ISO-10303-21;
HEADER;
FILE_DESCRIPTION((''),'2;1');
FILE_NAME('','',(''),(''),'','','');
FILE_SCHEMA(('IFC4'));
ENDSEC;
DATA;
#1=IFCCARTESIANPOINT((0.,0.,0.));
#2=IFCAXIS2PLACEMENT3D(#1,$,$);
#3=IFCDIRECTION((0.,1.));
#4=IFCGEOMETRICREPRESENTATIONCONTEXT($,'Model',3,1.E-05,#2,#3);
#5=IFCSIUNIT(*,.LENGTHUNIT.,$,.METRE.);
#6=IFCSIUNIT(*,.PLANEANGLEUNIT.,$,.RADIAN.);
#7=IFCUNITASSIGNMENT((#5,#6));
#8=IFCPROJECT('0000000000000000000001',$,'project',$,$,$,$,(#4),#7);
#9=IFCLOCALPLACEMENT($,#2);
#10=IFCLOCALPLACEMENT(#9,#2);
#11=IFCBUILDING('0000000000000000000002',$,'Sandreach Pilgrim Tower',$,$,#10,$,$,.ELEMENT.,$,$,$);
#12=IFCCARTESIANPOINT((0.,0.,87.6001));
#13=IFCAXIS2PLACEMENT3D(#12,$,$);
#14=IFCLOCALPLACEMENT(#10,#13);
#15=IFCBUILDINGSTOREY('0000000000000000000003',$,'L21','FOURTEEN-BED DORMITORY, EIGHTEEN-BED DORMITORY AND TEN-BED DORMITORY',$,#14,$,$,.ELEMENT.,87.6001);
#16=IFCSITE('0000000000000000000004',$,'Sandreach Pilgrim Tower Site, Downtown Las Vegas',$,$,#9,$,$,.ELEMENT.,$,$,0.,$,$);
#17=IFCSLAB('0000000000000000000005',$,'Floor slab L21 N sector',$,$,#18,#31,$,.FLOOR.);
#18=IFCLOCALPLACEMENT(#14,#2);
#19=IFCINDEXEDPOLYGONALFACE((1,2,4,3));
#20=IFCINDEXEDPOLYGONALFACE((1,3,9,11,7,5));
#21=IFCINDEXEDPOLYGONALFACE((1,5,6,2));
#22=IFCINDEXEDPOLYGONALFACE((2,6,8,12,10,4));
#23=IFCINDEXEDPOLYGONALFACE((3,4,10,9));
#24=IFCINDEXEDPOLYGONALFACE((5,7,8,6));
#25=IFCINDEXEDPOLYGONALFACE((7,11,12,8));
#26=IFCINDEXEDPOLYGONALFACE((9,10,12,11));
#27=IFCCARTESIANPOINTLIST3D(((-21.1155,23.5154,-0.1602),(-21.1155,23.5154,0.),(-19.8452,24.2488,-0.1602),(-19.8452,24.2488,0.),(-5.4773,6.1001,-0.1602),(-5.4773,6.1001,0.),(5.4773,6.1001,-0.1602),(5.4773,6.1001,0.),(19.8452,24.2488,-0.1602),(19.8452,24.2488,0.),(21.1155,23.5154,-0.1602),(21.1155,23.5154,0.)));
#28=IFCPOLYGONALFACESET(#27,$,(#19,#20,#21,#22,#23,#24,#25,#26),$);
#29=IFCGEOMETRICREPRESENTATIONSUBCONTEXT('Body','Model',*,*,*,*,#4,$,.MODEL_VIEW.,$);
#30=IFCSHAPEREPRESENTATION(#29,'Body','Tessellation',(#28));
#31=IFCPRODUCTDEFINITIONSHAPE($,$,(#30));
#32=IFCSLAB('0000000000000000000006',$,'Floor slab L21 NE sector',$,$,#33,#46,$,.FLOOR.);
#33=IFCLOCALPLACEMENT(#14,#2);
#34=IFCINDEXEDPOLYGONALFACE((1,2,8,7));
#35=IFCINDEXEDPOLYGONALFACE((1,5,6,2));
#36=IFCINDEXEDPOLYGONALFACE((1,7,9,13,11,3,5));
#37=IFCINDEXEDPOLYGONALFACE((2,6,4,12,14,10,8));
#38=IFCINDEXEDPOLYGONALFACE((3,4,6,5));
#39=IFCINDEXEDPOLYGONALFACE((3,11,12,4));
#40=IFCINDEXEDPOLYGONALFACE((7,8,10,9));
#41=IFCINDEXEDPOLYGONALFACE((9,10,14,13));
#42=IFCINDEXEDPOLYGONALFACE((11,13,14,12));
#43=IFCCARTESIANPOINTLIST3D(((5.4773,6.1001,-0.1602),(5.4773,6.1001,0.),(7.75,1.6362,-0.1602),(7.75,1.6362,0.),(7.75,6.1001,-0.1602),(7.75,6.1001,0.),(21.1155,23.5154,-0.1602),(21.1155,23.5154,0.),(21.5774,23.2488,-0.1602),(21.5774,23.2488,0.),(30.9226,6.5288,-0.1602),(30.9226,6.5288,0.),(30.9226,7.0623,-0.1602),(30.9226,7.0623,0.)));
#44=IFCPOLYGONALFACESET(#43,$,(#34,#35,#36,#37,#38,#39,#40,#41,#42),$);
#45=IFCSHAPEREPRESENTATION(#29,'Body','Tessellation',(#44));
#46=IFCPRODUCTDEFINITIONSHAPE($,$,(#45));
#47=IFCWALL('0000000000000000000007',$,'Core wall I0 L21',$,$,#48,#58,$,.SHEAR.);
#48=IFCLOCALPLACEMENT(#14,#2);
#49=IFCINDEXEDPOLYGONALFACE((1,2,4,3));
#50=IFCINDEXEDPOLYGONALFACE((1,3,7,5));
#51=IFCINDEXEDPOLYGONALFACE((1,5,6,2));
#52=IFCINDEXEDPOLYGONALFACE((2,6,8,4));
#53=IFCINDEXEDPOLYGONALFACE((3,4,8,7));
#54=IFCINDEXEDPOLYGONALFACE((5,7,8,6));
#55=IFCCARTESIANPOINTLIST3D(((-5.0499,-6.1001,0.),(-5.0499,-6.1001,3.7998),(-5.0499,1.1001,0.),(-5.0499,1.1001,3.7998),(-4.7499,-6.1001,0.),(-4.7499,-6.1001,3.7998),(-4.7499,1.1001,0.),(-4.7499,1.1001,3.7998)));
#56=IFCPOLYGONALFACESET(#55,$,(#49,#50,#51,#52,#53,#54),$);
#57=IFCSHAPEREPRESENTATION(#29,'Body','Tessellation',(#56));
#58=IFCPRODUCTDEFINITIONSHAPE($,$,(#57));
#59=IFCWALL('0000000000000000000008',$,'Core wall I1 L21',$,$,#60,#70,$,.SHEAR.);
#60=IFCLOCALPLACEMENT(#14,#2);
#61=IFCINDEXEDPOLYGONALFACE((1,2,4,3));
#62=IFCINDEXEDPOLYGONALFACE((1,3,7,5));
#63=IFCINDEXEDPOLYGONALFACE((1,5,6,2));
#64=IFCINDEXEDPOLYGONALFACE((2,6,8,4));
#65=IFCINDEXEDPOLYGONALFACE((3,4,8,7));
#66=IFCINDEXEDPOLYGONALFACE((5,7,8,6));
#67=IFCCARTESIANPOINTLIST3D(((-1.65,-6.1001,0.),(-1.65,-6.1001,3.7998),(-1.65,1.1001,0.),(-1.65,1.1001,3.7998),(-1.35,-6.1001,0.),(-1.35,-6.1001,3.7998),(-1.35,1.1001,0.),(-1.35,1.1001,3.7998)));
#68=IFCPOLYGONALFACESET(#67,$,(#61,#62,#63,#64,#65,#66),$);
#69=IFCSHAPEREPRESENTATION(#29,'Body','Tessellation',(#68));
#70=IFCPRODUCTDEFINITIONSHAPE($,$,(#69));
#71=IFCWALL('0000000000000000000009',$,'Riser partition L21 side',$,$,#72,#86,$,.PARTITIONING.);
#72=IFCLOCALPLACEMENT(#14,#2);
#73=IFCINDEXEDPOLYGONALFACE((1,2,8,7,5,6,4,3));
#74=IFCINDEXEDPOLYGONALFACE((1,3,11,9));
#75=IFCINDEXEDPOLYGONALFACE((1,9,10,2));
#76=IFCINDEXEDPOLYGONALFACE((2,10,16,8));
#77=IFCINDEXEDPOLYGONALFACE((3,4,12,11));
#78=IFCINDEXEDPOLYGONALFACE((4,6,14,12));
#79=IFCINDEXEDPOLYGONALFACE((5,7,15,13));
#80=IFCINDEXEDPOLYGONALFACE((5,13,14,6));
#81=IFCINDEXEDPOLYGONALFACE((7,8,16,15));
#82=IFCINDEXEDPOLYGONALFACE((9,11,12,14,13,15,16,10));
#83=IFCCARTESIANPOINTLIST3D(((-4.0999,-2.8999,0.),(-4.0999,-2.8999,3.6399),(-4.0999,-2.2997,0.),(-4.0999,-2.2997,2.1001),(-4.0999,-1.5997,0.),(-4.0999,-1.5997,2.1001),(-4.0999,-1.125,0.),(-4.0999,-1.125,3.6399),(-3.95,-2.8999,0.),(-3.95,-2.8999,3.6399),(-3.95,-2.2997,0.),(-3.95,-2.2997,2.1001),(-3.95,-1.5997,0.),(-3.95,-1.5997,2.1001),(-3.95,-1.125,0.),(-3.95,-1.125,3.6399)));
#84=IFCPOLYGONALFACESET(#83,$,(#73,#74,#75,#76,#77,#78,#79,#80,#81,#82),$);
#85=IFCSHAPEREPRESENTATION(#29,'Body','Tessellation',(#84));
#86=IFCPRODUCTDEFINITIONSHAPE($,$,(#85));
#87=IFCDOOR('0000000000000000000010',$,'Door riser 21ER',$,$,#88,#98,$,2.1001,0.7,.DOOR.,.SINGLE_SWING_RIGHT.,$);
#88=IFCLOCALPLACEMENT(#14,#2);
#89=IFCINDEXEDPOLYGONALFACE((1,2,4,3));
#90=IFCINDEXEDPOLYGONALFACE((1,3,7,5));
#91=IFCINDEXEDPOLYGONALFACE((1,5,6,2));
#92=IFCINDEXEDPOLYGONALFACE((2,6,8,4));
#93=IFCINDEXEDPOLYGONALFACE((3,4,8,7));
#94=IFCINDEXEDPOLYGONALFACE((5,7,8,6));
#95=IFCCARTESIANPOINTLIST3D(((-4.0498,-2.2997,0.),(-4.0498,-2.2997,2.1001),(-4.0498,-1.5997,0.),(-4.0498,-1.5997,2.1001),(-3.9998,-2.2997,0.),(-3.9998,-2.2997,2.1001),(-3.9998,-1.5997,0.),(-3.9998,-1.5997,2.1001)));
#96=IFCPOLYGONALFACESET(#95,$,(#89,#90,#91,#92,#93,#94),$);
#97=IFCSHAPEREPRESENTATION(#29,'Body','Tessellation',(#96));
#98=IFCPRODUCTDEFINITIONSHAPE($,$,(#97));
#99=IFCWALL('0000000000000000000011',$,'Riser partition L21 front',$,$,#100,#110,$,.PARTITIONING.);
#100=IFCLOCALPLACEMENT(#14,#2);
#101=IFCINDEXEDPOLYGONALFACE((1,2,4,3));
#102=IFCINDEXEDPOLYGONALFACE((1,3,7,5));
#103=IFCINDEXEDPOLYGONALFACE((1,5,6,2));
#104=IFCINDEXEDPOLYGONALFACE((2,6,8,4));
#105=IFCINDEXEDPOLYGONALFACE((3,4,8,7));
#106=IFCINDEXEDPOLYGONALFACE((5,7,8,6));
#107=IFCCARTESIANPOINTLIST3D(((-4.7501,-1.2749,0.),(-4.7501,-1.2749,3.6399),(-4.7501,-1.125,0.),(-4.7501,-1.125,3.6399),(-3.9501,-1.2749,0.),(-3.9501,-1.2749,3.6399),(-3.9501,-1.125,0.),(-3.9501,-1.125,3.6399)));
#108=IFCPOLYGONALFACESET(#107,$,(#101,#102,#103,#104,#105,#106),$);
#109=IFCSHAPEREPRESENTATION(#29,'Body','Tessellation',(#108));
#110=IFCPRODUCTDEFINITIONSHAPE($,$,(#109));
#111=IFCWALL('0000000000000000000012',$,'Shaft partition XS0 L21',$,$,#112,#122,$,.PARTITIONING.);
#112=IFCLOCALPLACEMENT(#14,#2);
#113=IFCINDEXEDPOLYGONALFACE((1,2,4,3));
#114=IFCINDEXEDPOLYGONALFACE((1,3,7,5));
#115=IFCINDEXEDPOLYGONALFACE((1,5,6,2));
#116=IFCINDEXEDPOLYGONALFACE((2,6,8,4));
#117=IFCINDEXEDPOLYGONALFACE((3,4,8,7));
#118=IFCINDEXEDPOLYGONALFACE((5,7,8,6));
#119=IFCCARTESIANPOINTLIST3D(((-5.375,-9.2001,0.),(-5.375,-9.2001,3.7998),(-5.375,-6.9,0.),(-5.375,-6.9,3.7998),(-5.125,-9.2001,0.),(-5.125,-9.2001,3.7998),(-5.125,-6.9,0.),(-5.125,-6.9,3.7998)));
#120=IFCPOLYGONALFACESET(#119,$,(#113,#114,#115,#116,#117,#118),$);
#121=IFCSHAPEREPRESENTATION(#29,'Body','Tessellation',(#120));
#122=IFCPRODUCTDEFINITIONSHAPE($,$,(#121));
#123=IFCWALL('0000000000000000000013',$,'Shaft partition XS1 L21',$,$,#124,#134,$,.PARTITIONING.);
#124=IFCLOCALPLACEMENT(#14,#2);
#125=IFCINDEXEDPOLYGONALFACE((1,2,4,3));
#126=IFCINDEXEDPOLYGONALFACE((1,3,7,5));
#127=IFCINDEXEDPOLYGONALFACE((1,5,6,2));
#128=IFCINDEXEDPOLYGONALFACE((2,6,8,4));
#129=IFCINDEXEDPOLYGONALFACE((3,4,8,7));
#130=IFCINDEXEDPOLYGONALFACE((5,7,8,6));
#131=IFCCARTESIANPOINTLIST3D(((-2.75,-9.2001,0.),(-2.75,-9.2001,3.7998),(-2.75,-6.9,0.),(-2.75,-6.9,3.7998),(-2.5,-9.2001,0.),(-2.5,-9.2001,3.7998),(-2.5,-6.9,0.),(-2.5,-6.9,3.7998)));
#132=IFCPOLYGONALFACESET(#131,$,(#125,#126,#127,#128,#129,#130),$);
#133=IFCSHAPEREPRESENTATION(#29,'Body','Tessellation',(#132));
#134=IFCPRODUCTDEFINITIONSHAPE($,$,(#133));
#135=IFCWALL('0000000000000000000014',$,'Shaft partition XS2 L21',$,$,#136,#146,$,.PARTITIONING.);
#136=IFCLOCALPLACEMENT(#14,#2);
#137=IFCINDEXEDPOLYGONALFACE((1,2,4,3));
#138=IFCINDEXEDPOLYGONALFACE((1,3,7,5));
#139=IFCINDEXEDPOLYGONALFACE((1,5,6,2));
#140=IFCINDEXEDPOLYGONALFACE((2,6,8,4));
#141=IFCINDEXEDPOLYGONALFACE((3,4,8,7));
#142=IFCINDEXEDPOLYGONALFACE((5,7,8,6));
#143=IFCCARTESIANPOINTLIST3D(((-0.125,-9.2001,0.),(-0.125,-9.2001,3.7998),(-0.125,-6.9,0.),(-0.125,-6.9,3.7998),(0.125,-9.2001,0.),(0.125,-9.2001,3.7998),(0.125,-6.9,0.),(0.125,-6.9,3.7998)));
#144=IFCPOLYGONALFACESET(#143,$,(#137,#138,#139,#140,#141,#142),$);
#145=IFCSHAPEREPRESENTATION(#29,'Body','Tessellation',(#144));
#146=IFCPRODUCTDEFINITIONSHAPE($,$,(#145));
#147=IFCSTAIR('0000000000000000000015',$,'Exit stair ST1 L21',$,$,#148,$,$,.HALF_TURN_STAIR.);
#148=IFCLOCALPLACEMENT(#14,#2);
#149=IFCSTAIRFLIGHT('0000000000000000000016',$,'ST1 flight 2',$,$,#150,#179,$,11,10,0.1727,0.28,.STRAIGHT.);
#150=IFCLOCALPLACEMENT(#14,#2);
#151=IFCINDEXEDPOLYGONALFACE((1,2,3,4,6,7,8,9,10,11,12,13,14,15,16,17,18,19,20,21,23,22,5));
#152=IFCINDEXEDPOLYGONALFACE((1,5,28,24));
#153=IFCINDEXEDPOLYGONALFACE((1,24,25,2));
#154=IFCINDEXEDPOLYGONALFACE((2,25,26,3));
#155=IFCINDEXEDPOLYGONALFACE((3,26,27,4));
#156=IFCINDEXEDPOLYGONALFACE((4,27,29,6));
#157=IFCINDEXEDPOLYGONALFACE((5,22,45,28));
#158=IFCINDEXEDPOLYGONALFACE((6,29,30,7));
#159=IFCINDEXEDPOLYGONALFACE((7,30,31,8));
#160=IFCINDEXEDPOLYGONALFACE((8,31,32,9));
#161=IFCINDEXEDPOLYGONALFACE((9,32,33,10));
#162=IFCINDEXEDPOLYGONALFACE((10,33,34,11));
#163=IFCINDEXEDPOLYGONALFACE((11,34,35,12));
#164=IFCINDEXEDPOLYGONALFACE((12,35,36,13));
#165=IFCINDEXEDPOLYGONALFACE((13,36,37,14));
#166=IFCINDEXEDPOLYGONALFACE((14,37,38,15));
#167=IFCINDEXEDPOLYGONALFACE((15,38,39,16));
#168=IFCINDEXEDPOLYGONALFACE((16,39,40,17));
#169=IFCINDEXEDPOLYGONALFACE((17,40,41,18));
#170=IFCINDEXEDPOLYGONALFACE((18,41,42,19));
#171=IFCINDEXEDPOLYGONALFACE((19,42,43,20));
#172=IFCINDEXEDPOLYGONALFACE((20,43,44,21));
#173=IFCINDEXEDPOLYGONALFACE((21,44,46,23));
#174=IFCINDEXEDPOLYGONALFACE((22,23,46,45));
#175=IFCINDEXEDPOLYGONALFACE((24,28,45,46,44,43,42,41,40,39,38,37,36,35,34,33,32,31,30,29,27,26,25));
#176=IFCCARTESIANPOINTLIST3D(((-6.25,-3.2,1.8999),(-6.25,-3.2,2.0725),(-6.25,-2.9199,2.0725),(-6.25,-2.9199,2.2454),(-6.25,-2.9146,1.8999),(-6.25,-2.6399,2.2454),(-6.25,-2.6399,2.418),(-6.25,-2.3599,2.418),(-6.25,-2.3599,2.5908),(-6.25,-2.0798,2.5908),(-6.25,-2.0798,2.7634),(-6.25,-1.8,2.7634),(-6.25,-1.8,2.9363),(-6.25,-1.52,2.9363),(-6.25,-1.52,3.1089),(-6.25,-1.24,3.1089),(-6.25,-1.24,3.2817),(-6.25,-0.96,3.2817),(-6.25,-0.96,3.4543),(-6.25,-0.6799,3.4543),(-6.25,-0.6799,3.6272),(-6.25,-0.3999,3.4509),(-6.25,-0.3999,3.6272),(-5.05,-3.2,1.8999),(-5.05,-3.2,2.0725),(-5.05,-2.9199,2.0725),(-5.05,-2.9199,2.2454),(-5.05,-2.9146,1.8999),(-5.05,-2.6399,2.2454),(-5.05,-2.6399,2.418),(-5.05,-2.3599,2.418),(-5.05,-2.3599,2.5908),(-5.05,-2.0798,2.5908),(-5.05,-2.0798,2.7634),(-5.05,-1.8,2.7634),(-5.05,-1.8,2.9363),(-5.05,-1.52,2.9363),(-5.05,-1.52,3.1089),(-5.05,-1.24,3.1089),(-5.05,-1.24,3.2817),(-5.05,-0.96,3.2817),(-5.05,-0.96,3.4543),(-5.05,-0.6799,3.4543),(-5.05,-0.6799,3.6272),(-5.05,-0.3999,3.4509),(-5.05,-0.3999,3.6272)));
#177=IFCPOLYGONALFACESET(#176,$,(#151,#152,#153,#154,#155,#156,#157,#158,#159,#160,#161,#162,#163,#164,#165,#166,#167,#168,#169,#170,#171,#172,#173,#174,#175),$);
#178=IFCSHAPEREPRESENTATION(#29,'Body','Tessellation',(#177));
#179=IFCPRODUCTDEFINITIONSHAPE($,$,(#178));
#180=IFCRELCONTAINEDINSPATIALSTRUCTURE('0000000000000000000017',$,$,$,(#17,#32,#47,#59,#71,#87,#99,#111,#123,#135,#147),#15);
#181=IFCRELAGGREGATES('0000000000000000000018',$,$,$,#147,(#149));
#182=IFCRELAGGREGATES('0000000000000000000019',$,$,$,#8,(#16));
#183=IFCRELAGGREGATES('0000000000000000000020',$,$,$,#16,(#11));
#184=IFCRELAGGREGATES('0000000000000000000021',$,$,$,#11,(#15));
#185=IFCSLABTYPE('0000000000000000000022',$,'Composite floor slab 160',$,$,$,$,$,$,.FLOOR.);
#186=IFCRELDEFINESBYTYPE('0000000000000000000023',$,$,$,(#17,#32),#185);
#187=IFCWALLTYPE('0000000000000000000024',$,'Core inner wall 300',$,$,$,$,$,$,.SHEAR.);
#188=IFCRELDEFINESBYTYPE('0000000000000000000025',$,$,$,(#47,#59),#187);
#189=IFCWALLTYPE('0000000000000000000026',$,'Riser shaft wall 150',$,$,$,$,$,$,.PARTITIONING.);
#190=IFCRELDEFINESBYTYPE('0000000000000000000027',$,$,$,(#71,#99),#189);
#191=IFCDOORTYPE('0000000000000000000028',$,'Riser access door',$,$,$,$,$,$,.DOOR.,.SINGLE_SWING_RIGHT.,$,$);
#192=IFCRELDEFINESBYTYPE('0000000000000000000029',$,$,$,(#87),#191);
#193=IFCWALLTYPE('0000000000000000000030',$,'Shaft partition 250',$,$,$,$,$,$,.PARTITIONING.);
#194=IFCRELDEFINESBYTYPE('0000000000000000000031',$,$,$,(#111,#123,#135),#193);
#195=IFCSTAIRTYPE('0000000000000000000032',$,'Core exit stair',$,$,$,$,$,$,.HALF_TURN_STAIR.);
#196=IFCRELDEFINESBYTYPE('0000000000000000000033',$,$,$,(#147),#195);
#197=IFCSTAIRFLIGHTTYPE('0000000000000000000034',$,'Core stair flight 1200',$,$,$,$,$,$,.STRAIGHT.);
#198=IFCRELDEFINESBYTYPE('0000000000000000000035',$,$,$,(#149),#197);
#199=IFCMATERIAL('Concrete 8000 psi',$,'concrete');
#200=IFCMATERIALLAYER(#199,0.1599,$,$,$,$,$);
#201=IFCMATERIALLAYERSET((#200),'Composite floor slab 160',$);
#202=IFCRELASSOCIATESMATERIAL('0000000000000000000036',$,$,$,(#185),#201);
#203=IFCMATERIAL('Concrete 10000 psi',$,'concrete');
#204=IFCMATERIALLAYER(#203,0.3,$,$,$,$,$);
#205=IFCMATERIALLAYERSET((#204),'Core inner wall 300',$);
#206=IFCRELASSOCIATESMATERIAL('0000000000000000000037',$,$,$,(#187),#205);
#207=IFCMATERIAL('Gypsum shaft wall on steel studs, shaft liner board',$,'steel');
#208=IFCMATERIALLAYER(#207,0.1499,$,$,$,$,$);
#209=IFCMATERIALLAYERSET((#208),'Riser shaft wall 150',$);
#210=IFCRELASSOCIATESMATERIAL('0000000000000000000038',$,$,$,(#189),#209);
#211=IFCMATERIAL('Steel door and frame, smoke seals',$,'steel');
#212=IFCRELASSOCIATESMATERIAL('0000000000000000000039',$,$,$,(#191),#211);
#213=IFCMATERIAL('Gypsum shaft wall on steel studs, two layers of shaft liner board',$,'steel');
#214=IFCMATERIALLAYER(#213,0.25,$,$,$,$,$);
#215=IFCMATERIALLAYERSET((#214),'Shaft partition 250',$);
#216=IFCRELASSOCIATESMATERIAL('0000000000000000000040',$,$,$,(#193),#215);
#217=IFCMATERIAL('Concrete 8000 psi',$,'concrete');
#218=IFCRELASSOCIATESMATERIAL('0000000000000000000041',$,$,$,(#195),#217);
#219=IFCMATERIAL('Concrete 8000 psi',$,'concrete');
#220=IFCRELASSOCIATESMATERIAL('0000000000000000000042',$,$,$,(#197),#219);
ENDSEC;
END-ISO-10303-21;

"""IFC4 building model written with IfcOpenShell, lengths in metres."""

from ifc_helpers import new_model, si_unit, direction, frame, frame_2d, origin, place, context, subcontext, project, spatial, polyline, rectangle, outline, extrude, material, layer, layer_set, type_object, element, fill, aggregate, save


model = new_model("IFC4")

# Units and contexts
model_context = context("Model", 3, precision=1e-05, world=origin(), true_north=direction((0.0, 1.0)))
body_context = subcontext(model_context, "Body", "Model", "MODEL_VIEW")
ifc_project = project(units=[si_unit("LENGTHUNIT", "METRE"), si_unit("PLANEANGLEUNIT", "RADIAN")], contexts=[model_context])

# Site, building, storey
site_placement = place(None, origin())
site = spatial("IfcSite", under=ifc_project, at=site_placement, Name="Sandreach Pilgrim Tower Site, Downtown Las Vegas", CompositionType="ELEMENT", RefElevation=0.0)
building_placement = place(site_placement, origin())
building = spatial("IfcBuilding", under=site, at=building_placement, Name="Sandreach Pilgrim Tower", CompositionType="ELEMENT")
storey_placement = place(building_placement, frame((0.0, 0.0, 87.6001)))
storey = spatial("IfcBuildingStorey", under=building, at=storey_placement, Name="L21", Description="FOURTEEN-BED DORMITORY, EIGHTEEN-BED DORMITORY AND TEN-BED DORMITORY", CompositionType="ELEMENT", Elevation=87.6001)

# Slabs
ifc_material_1 = material(Name="Concrete 8000 psi", Category="concrete")
ifc_layer_1 = layer(ifc_material_1, 0.1599)
ifc_layer_set_1 = layer_set([ifc_layer_1], Name="Composite floor slab 160")
slab_type = type_object("IfcSlabType", Name="Composite floor slab 160", PredefinedType="FLOOR", material=ifc_layer_set_1)
slab_1_placement = place(storey_placement, frame((0.0, 0.0, -0.1602)))
element("IfcSlab", 1, at=slab_1_placement, inside=storey, type_object=slab_type, Name="Floor slab L21 N sector", PredefinedType="FLOOR", context=body_context, shape_type="SweptSolid", body=[
    extrude(outline(polyline([(-19.8452, 24.2488), (19.8452, 24.2488), (21.1155, 23.5154), (5.4773, 6.1001), (-5.4773, 6.1001), (-21.1155, 23.5154), (-19.8452, 24.2488)])), origin(), (0.0, 0.0, 1.0), 0.1602),
])
slab_2_placement = place(storey_placement, frame((0.0, 0.0, -0.1602)))
element("IfcSlab", 2, at=slab_2_placement, inside=storey, type_object=slab_type, Name="Floor slab L21 NE sector", PredefinedType="FLOOR", context=body_context, shape_type="SweptSolid", body=[
    extrude(outline(polyline([(21.5774, 23.2488), (30.9226, 7.0623), (30.9226, 6.5288), (7.75, 1.6362), (7.75, 6.1001), (5.4773, 6.1001), (21.1155, 23.5154), (21.5774, 23.2488)])), origin(), (0.0, 0.0, 1.0), 0.1602),
])

# Walls
ifc_material_2 = material(Name="Concrete 10000 psi", Category="concrete")
ifc_layer_2 = layer(ifc_material_2, 0.3)
ifc_layer_set_2 = layer_set([ifc_layer_2], Name="Core inner wall 300")
wall_type_1 = type_object("IfcWallType", Name="Core inner wall 300", PredefinedType="SHEAR", material=ifc_layer_set_2)
for number, where, z_axis, x_axis, name in (
    (3, (-4.8999, -6.1001, 0.0), (0.0, 0.0, 1.0), (0.0, 1.0, 0.0), "Core wall I0 L21"),
    (4, (-1.5, -6.1001, 0.0), (0.0, 0.0, 1.0), (0.0, 1.0, 0.0), "Core wall I1 L21"),
):
    element("IfcWall", number, at=place(storey_placement, frame(where, z_axis=z_axis, x_axis=x_axis)), inside=storey, type_object=wall_type_1, Name=name, PredefinedType="SHEAR", context=body_context, shape_type="SweptSolid", body=[
        extrude(rectangle(XDim=7.2002, YDim=0.3, at=frame_2d((3.6001, 0.0))), origin(), (0.0, 0.0, 1.0), 3.7998),
    ])

# Wall, opening, door
ifc_material_3 = material(Name="Gypsum shaft wall on steel studs, shaft liner board", Category="steel")
ifc_layer_3 = layer(ifc_material_3, 0.1499)
ifc_layer_set_3 = layer_set([ifc_layer_3], Name="Riser shaft wall 150")
wall_type_2 = type_object("IfcWallType", Name="Riser shaft wall 150", PredefinedType="PARTITIONING", material=ifc_layer_set_3)
wall_1_placement = place(storey_placement, frame((-4.0249, -2.8999, 0.0), z_axis=(0.0, 0.0, 1.0), x_axis=(0.0, 1.0, 0.0)))
wall_1 = element("IfcWall", 5, at=wall_1_placement, inside=storey, type_object=wall_type_2, Name="Riser partition L21 side", PredefinedType="PARTITIONING", context=body_context, shape_type="SweptSolid", body=[
    extrude(rectangle(XDim=1.7749, YDim=0.1499, at=frame_2d((0.8875, 0.0))), origin(), (0.0, 0.0, 1.0), 3.6399),
])
opening_1_placement = place(wall_1_placement, frame((0.6001, 0.0, 0.0)))
opening_1 = element("IfcOpeningElement", 6, at=opening_1_placement, cuts=wall_1, PredefinedType="OPENING", context=body_context, shape_type="SweptSolid", body=[
    extrude(rectangle(XDim=0.7, YDim=2.1001, at=frame_2d((0.3501, 1.05))), frame((0.0, 0.075, 0.0), z_axis=(0.0, -1.0, 0.0), x_axis=(1.0, 0.0, 0.0)), (0.0, 0.0, 1.0), 0.1499),
])
ifc_material_4 = material(Name="Steel door and frame, smoke seals", Category="steel")
door_type_1 = type_object("IfcDoorType", Name="Riser access door", OperationType="SINGLE_SWING_RIGHT", PredefinedType="DOOR", material=ifc_material_4)
door_1_placement = place(opening_1_placement, origin())
door_1 = element("IfcDoor", 7, at=door_1_placement, inside=storey, type_object=door_type_1, Name="Door riser 21ER", OperationType="SINGLE_SWING_RIGHT", OverallHeight=2.1001, OverallWidth=0.7, PredefinedType="DOOR", context=body_context, shape_type="SweptSolid", body=[
    extrude(rectangle(XDim=0.7, YDim=2.1001, at=frame_2d((0.3501, 1.05))), frame((0.0, 0.0249, 0.0), z_axis=(0.0, -1.0, 0.0), x_axis=(1.0, 0.0, 0.0)), (0.0, 0.0, 1.0), 0.05),
])
fill(opening_1, door_1)

# Walls
wall_2_placement = place(storey_placement, frame((-4.75, -1.2, 0.0), z_axis=(0.0, 0.0, 1.0), x_axis=(1.0, 0.0, 0.0)))
element("IfcWall", 8, at=wall_2_placement, inside=storey, type_object=wall_type_2, Name="Riser partition L21 front", PredefinedType="PARTITIONING", context=body_context, shape_type="SweptSolid", body=[
    extrude(rectangle(XDim=0.8, YDim=0.1499, at=frame_2d((0.3999, 0.0))), origin(), (0.0, 0.0, 1.0), 3.6399),
])
ifc_material_5 = material(Name="Gypsum shaft wall on steel studs, two layers of shaft liner board", Category="steel")
ifc_layer_4 = layer(ifc_material_5, 0.25)
ifc_layer_set_4 = layer_set([ifc_layer_4], Name="Shaft partition 250")
wall_type_3 = type_object("IfcWallType", Name="Shaft partition 250", PredefinedType="PARTITIONING", material=ifc_layer_set_4)
for number, where, z_axis, x_axis, name in (
    (9, (-5.25, -9.2, 0.0), (0.0, 0.0, 1.0), (0.0, 1.0, 0.0), "Shaft partition XS0 L21"),
    (10, (-2.625, -9.2, 0.0), (0.0, 0.0, 1.0), (0.0, 1.0, 0.0), "Shaft partition XS1 L21"),
    (11, (0.0, -9.2, 0.0), (0.0, 0.0, 1.0), (0.0, 1.0, 0.0), "Shaft partition XS2 L21"),
):
    element("IfcWall", number, at=place(storey_placement, frame(where, z_axis=z_axis, x_axis=x_axis)), inside=storey, type_object=wall_type_3, Name=name, PredefinedType="PARTITIONING", context=body_context, shape_type="SweptSolid", body=[
        extrude(rectangle(XDim=2.3, YDim=0.25, at=frame_2d((1.1499, 0.0))), origin(), (0.0, 0.0, 1.0), 3.7998),
    ])

# Stair, stair flight
ifc_material_6 = material(Name="Concrete 8000 psi", Category="concrete")
stair_type = type_object("IfcStairType", Name="Core exit stair", PredefinedType="HALF_TURN_STAIR", material=ifc_material_6)
stair_1_placement = place(storey_placement, origin())
stair_1 = element("IfcStair", 12, at=stair_1_placement, inside=storey, type_object=stair_type, Name="Exit stair ST1 L21", PredefinedType="HALF_TURN_STAIR")
ifc_material_7 = material(Name="Concrete 8000 psi", Category="concrete")
stair_flight_type = type_object("IfcStairFlightType", Name="Core stair flight 1200", PredefinedType="STRAIGHT", material=ifc_material_7)
stair_flight_1_placement = place(storey_placement, frame((-5.6499, -3.2, 1.8999), z_axis=(0.0, 0.0, 1.0), x_axis=(0.0, 1.0, 0.0)))
stair_flight_1 = element("IfcStairFlight", 13, at=stair_flight_1_placement, type_object=stair_flight_type, Name="ST1 flight 2", NumberOfRisers=11, NumberOfTreads=10, PredefinedType="STRAIGHT", RiserHeight=0.1727, TreadLength=0.28, context=body_context, shape_type="SweptSolid", body=[
    extrude(outline(polyline([(0.0, 0.0), (0.0, 0.1726), (0.28, 0.1726), (0.28, 0.3455), (0.5601, 0.3455), (0.5601, 0.5181), (0.8401, 0.5181), (0.8401, 0.6909), (1.1201, 0.6909), (1.1201, 0.8635), (1.3999, 0.8635), (1.3999, 1.0364), (1.6799, 1.0364), (1.6799, 1.209), (1.96, 1.209), (1.96, 1.3818), (2.24, 1.3818), (2.24, 1.5544), (2.52, 1.5544), (2.52, 1.7273), (2.8, 1.7273), (2.8, 1.8999), (2.8, 1.551), (0.2854, 0.0), (0.0, 0.0)])), frame((0.0, 0.6001, 0.0), z_axis=(0.0, -1.0, 0.0), x_axis=(1.0, 0.0, 0.0)), (0.0, 0.0, 1.0), 1.2),
])
aggregate(stair_1, [stair_flight_1])

save(model, "model.ifc")
